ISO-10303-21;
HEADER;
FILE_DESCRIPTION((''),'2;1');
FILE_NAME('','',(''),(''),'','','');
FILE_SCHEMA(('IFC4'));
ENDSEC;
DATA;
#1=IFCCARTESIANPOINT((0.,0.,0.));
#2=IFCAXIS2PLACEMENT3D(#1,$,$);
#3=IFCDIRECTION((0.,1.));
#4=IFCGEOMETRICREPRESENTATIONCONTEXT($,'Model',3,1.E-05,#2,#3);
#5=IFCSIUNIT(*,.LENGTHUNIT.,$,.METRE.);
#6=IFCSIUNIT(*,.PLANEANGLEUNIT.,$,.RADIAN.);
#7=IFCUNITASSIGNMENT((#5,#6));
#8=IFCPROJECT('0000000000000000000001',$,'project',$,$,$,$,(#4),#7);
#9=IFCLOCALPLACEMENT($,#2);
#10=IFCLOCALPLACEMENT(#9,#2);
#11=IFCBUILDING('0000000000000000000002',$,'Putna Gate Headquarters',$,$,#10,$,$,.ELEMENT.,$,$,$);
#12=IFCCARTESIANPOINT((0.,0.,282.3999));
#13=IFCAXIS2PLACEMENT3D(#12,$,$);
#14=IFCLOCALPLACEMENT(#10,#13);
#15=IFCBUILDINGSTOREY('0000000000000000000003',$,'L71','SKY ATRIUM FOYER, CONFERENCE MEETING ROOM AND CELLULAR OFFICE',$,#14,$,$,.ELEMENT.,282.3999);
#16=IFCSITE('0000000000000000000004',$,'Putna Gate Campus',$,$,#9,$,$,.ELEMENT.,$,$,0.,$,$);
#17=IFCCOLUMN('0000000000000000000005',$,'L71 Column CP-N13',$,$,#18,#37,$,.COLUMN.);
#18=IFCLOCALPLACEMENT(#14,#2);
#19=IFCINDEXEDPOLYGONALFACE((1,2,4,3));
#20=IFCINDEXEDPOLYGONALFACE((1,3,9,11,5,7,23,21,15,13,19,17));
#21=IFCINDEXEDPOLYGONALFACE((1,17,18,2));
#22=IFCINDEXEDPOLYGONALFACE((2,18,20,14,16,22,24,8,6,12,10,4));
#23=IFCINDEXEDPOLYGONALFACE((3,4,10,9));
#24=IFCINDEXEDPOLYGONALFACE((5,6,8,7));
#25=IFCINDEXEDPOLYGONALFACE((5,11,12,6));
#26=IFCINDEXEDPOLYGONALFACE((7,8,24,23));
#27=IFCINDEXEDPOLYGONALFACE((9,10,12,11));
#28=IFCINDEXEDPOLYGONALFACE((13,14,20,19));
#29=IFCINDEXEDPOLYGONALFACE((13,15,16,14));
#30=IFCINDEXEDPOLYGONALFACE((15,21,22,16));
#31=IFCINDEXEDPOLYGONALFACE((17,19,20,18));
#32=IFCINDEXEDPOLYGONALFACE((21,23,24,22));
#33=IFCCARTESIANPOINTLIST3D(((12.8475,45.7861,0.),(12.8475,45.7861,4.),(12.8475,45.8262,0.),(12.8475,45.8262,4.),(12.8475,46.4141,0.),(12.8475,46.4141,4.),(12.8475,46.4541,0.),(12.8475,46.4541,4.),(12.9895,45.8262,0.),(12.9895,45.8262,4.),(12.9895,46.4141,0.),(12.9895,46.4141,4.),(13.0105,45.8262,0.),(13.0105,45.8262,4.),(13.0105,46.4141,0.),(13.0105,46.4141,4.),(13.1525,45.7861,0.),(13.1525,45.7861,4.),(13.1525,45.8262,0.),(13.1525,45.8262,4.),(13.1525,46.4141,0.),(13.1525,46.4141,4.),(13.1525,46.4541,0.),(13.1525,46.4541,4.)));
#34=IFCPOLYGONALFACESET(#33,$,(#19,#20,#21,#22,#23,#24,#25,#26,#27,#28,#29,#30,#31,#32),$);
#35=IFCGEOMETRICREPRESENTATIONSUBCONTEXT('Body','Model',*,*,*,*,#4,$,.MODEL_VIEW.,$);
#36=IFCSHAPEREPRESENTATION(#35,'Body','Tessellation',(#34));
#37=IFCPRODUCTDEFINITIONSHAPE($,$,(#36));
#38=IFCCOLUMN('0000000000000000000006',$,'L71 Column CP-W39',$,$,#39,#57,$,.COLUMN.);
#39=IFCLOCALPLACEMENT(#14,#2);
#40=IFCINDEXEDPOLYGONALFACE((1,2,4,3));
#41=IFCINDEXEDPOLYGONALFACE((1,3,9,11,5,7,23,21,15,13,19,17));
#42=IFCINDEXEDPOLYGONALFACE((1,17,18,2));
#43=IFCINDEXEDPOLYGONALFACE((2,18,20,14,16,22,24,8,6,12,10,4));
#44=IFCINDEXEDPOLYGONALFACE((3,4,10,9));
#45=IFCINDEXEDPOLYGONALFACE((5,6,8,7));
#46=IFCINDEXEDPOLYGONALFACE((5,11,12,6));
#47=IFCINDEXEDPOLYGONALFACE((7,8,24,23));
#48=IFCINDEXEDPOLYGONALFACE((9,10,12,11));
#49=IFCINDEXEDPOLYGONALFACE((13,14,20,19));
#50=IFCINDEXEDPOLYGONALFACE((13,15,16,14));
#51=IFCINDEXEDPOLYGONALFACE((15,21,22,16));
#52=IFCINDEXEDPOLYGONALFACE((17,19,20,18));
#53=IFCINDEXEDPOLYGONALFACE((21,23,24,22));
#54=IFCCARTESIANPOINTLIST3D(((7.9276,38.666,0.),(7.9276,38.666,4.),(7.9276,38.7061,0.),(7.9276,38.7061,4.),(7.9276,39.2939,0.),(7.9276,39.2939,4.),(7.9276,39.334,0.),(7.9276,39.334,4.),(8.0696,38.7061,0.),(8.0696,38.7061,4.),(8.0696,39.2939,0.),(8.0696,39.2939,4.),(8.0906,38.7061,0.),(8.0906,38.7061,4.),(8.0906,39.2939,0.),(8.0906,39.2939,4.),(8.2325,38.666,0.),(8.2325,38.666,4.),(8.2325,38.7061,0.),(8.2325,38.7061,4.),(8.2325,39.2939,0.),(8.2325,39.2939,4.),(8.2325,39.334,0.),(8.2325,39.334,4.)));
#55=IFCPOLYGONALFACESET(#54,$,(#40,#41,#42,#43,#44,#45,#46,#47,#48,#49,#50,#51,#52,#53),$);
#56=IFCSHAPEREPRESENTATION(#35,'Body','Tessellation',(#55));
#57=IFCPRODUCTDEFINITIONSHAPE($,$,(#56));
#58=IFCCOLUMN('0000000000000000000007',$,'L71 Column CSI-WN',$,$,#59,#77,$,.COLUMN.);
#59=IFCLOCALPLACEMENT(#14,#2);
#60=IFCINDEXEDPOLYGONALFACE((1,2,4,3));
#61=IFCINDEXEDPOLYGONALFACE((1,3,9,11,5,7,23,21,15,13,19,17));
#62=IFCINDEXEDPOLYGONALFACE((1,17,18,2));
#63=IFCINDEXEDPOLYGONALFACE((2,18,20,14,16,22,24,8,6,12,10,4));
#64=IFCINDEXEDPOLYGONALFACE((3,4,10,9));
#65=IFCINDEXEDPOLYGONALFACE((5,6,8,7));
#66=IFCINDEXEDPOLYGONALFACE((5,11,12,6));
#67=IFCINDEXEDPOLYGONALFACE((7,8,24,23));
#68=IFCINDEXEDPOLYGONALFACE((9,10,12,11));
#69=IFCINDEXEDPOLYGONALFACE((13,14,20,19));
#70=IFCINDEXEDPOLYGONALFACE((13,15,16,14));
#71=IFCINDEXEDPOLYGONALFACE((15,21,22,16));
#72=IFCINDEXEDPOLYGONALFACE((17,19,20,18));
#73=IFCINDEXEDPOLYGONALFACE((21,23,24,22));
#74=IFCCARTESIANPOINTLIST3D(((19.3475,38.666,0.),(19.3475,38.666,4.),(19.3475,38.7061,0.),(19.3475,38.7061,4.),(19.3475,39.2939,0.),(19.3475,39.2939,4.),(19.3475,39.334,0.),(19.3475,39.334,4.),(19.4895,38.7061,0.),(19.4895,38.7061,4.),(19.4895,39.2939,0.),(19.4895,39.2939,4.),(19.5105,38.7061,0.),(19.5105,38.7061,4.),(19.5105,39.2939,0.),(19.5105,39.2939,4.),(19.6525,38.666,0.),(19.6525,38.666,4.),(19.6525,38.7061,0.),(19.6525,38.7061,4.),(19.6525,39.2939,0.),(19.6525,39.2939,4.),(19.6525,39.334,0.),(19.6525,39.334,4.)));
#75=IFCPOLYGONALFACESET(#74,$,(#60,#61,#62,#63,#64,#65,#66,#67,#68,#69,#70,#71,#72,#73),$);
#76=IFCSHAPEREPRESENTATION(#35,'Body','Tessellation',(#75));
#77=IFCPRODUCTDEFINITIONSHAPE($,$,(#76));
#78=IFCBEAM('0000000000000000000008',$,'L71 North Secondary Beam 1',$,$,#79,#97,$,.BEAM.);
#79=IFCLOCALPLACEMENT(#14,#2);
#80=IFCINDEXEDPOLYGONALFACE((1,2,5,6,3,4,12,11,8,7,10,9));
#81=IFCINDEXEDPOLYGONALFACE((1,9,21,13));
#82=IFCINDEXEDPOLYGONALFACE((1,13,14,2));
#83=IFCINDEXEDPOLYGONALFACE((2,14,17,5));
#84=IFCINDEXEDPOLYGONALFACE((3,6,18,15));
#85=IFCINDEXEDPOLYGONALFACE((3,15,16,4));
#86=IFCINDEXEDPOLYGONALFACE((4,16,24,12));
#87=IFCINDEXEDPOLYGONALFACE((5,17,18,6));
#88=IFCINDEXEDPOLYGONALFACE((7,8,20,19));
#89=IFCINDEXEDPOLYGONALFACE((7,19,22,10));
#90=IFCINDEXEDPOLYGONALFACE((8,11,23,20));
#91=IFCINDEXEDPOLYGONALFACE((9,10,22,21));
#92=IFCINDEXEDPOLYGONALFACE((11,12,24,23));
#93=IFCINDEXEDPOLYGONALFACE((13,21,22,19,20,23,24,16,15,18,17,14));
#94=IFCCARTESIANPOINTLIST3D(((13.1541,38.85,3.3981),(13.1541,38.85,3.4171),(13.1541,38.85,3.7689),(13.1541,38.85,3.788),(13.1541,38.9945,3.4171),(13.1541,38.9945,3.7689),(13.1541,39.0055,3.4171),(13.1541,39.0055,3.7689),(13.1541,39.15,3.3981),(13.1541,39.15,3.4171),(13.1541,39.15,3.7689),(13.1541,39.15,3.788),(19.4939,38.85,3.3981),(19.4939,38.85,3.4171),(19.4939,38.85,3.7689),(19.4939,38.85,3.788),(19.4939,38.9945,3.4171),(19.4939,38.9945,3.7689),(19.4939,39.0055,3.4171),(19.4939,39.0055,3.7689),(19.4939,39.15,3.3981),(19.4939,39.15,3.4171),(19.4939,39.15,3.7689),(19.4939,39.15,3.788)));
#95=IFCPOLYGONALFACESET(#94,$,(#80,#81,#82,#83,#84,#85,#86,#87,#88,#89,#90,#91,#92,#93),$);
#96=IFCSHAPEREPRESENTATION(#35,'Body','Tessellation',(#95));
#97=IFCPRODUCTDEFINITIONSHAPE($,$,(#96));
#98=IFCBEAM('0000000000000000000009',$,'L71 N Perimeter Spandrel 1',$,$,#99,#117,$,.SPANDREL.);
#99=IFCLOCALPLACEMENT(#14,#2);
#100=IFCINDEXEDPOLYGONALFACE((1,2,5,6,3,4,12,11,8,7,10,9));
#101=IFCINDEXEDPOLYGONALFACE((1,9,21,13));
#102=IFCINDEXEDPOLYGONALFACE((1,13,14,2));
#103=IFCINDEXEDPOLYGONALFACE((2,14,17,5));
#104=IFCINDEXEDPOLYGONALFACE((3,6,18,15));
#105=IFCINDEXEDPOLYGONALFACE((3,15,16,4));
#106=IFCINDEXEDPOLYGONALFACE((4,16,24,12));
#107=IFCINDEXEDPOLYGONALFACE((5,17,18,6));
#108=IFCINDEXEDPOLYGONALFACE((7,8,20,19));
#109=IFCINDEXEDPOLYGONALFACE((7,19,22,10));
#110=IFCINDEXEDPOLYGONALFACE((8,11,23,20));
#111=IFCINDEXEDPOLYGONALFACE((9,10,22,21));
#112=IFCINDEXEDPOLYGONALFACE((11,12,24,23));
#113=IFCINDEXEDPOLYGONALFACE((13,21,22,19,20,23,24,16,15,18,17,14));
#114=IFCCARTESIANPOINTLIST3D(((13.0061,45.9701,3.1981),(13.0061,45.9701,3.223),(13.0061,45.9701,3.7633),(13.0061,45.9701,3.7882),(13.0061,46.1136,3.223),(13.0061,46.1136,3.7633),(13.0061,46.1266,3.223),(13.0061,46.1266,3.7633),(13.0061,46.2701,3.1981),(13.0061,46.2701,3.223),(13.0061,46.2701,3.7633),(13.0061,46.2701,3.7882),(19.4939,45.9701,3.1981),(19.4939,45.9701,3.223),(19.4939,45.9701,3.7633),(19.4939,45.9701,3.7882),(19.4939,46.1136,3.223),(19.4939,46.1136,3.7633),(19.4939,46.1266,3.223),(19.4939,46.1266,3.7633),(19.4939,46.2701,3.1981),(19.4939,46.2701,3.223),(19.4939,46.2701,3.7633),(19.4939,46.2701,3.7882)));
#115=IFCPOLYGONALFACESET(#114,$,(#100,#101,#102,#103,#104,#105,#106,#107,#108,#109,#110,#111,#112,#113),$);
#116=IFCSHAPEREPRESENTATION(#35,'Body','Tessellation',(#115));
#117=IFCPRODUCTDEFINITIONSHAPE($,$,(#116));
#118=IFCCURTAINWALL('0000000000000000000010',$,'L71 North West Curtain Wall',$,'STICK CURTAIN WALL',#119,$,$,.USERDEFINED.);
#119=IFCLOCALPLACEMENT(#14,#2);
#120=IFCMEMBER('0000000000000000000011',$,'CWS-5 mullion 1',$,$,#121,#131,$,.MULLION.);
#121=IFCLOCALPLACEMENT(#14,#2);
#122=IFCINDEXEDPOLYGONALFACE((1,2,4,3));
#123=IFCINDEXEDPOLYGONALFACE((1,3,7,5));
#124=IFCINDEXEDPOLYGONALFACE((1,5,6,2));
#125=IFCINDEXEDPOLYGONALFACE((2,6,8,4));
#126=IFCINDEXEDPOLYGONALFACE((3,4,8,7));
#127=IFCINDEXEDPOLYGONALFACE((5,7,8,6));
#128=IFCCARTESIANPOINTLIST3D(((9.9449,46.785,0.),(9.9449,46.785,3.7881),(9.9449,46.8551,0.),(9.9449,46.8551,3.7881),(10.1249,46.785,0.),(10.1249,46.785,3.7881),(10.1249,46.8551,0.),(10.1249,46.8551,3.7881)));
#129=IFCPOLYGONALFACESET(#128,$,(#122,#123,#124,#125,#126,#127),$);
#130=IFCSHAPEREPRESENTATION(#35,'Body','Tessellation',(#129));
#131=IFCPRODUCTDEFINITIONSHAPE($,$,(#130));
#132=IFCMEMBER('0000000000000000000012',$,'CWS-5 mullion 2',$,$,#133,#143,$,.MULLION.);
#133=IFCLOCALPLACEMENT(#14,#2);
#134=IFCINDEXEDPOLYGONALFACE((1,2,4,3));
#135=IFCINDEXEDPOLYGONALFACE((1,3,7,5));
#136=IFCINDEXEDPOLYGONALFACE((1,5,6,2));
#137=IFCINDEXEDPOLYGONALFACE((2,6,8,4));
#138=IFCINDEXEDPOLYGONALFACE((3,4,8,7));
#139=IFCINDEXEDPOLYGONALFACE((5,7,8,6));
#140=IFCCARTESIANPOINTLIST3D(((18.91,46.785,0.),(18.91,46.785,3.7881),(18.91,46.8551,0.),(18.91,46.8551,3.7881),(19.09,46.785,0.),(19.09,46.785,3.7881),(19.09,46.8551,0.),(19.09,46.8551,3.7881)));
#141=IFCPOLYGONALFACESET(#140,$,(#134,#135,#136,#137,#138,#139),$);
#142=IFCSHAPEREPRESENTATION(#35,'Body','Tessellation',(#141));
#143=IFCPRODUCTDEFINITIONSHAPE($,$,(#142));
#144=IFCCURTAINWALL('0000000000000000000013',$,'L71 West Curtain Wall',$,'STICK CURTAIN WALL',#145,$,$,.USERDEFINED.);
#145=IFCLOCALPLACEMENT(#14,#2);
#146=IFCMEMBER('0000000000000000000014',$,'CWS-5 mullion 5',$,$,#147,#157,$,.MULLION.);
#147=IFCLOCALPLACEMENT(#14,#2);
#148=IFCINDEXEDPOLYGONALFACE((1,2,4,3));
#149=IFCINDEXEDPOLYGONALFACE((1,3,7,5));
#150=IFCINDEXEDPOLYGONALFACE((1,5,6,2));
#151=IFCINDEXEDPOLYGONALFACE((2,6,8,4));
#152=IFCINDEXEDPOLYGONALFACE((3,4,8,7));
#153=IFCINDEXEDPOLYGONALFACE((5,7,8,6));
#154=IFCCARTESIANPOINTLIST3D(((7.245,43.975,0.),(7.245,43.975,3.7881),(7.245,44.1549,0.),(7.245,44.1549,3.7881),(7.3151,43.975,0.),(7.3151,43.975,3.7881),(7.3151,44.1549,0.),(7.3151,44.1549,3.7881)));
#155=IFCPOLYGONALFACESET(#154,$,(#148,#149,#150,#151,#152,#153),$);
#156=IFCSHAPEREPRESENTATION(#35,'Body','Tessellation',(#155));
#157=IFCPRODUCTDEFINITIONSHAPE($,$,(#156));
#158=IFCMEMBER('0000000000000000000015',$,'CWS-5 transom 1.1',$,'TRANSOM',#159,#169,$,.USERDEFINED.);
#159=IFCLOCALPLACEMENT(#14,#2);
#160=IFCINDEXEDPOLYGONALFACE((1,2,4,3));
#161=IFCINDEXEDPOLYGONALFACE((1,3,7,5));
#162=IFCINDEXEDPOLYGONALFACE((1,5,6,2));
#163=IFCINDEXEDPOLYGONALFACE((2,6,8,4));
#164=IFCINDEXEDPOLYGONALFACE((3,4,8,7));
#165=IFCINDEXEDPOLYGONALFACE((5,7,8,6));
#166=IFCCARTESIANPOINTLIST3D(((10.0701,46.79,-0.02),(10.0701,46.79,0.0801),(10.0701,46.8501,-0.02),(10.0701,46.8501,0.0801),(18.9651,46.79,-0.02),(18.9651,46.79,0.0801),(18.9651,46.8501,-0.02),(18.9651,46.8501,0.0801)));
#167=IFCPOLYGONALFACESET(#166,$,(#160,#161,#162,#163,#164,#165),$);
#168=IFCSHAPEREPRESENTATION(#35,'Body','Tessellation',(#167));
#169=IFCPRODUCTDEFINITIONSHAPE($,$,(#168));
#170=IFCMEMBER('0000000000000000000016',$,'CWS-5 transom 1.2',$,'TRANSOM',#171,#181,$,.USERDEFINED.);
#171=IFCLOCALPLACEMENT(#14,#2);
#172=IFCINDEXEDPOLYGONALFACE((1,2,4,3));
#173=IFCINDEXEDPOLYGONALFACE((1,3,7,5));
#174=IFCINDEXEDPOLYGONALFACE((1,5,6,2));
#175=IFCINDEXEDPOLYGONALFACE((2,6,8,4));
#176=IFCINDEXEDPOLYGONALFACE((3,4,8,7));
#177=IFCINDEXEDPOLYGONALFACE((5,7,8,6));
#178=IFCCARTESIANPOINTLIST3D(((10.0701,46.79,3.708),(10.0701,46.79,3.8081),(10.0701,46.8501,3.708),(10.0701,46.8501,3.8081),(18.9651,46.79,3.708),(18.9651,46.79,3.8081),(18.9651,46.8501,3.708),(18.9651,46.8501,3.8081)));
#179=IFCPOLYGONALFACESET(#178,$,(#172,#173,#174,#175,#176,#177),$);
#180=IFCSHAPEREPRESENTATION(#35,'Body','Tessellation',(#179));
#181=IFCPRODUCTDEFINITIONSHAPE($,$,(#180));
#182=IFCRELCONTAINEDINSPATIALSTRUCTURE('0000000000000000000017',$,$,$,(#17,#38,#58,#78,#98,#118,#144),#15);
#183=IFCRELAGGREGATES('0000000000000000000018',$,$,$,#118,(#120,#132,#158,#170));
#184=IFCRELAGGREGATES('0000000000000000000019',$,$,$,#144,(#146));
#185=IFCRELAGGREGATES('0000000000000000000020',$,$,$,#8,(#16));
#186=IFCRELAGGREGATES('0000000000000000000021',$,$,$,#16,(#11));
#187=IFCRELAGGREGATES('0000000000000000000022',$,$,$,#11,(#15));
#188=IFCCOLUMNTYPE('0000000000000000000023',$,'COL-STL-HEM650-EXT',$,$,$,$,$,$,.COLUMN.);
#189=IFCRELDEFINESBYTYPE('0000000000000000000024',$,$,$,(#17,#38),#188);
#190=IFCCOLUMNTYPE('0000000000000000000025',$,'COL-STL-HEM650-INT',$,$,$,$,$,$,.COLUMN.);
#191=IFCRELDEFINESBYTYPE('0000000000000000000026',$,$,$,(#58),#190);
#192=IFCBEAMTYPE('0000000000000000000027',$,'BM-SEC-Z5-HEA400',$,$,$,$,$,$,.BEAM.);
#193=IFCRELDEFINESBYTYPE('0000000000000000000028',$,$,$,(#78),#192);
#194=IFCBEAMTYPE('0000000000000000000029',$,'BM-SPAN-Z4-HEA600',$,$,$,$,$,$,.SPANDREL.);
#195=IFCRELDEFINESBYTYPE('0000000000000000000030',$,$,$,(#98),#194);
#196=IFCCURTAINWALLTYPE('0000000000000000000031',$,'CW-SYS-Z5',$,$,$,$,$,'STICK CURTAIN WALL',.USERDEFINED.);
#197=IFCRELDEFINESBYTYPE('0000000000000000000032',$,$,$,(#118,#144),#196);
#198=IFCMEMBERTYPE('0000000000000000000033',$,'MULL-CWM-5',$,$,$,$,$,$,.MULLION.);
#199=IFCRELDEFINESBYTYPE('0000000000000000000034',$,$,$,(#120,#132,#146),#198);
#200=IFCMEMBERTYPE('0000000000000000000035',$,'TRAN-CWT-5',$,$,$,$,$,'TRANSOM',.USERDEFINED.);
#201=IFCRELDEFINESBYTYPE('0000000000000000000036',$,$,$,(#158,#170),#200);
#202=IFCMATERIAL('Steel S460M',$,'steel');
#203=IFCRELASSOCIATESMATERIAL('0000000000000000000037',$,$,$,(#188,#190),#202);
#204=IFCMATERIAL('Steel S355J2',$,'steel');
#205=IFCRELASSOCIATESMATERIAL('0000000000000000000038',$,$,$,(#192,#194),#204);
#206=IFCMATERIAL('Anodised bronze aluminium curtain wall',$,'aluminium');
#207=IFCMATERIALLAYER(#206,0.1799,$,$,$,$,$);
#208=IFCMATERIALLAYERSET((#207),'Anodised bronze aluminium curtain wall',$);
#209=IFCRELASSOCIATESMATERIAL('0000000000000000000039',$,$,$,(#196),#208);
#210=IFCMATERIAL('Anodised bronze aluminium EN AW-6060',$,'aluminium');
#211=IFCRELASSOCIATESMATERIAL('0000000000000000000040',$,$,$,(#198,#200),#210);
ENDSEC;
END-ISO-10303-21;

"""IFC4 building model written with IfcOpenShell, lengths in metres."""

from ifc_helpers import new_model, si_unit, direction, frame, origin, origin_2d, place, context, subcontext, project, spatial, rectangle, i_section, extrude, material, layer, layer_set, material_profile, profile_set, type_object, element, aggregate, save


model = new_model("IFC4")

# Units and contexts
model_context = context("Model", 3, precision=1e-05, world=origin(), true_north=direction((0.0, 1.0)))
body_context = subcontext(model_context, "Body", "Model", "MODEL_VIEW")
ifc_project = project(units=[si_unit("LENGTHUNIT", "METRE"), si_unit("PLANEANGLEUNIT", "RADIAN")], contexts=[model_context])

# Site, building, storey
site_placement = place(None, origin())
site = spatial("IfcSite", under=ifc_project, at=site_placement, Name="Putna Gate Campus", CompositionType="ELEMENT", RefElevation=0.0)
building_placement = place(site_placement, origin())
building = spatial("IfcBuilding", under=site, at=building_placement, Name="Putna Gate Headquarters", CompositionType="ELEMENT")
storey_placement = place(building_placement, frame((0.0, 0.0, 282.3999)))
storey = spatial("IfcBuildingStorey", under=building, at=storey_placement, Name="L71", Description="SKY ATRIUM FOYER, CONFERENCE MEETING ROOM AND CELLULAR OFFICE", CompositionType="ELEMENT", Elevation=282.3999)

# Columns
ifc_material_1 = material(Name="Steel S460M", Category="steel")
ifc_material_profile_1 = material_profile(ifc_material_1, i_section(OverallWidth=0.3049, OverallDepth=0.668, WebThickness=0.021, FlangeThickness=0.04, at=origin_2d()), Name="Steel S460M")
ifc_profile_set_1 = profile_set([ifc_material_profile_1], Name="Steel S460M")
column_type_1 = type_object("IfcColumnType", Name="COL-STL-HEM650-EXT", PredefinedType="COLUMN", material=ifc_profile_set_1)
for number, where, z_axis, x_axis, name in (
    (1, (13.0, 46.1201, 0.0), (0.0, 0.0, 1.0), (1.0, 0.0, 0.0), "L71 Column CP-N13"),
    (2, (8.0801, 39.0, 0.0), (0.0, 0.0, 1.0), (1.0, 0.0, 0.0), "L71 Column CP-W39"),
):
    element("IfcColumn", number, at=place(storey_placement, frame(where, z_axis=z_axis, x_axis=x_axis)), inside=storey, type_object=column_type_1, Name=name, PredefinedType="COLUMN", context=body_context, shape_type="SweptSolid", body=[
        extrude(i_section(OverallWidth=0.3049, OverallDepth=0.668, WebThickness=0.021, FlangeThickness=0.04, at=origin_2d()), origin(), (0.0, 0.0, 1.0), 4.0),
    ])
ifc_material_profile_2 = material_profile(ifc_material_1, i_section(OverallWidth=0.3049, OverallDepth=0.668, WebThickness=0.021, FlangeThickness=0.04, at=origin_2d()), Name="Steel S460M")
ifc_profile_set_2 = profile_set([ifc_material_profile_2], Name="Steel S460M")
column_type_2 = type_object("IfcColumnType", Name="COL-STL-HEM650-INT", PredefinedType="COLUMN", material=ifc_profile_set_2)
column_placement = place(storey_placement, frame((19.5, 39.0, 0.0), z_axis=(0.0, 0.0, 1.0), x_axis=(1.0, 0.0, 0.0)))
element("IfcColumn", 3, at=column_placement, inside=storey, type_object=column_type_2, Name="L71 Column CSI-WN", PredefinedType="COLUMN", context=body_context, shape_type="SweptSolid", body=[
    extrude(i_section(OverallWidth=0.3049, OverallDepth=0.668, WebThickness=0.021, FlangeThickness=0.04, at=origin_2d()), origin(), (0.0, 0.0, 1.0), 4.0),
])

# Beams
ifc_material_2 = material(Name="Steel S355J2", Category="steel")
ifc_material_profile_3 = material_profile(ifc_material_2, i_section(OverallWidth=0.3, OverallDepth=0.3899, WebThickness=0.011, FlangeThickness=0.019, at=origin_2d()), Name="Steel S355J2")
ifc_profile_set_3 = profile_set([ifc_material_profile_3], Name="Steel S355J2")
beam_type_1 = type_object("IfcBeamType", Name="BM-SEC-Z5-HEA400", PredefinedType="BEAM", material=ifc_profile_set_3)
beam_1_placement = place(storey_placement, frame((13.1541, 39.0, 3.593), z_axis=(1.0, 0.0, 0.0), x_axis=(0.0, 1.0, 0.0)))
element("IfcBeam", 4, at=beam_1_placement, inside=storey, type_object=beam_type_1, Name="L71 North Secondary Beam 1", PredefinedType="BEAM", context=body_context, shape_type="SweptSolid", body=[
    extrude(i_section(OverallWidth=0.3, OverallDepth=0.3899, WebThickness=0.011, FlangeThickness=0.019, at=origin_2d()), origin(), (0.0, 0.0, 1.0), 6.3398),
])
ifc_material_profile_4 = material_profile(ifc_material_2, i_section(OverallWidth=0.3, OverallDepth=0.5901, WebThickness=0.0129, FlangeThickness=0.0249, at=origin_2d()), Name="Steel S355J2")
ifc_profile_set_4 = profile_set([ifc_material_profile_4], Name="Steel S355J2")
beam_type_2 = type_object("IfcBeamType", Name="BM-SPAN-Z4-HEA600", PredefinedType="SPANDREL", material=ifc_profile_set_4)
beam_2_placement = place(storey_placement, frame((13.0061, 46.1201, 3.4932), z_axis=(1.0, 0.0, 0.0), x_axis=(0.0, 1.0, 0.0)))
element("IfcBeam", 5, at=beam_2_placement, inside=storey, type_object=beam_type_2, Name="L71 N Perimeter Spandrel 1", PredefinedType="SPANDREL", context=body_context, shape_type="SweptSolid", body=[
    extrude(i_section(OverallWidth=0.3, OverallDepth=0.5901, WebThickness=0.0129, FlangeThickness=0.0249, at=origin_2d()), origin(), (0.0, 0.0, 1.0), 6.4878),
])

# Curtain wall, members
ifc_material_3 = material(Name="Anodised bronze aluminium curtain wall", Category="aluminium")
ifc_layer_1 = layer(ifc_material_3, 0.1799)
ifc_layer_set_1 = layer_set([ifc_layer_1], Name="Anodised bronze aluminium curtain wall")
curtain_wall_type = type_object("IfcCurtainWallType", Name="CW-SYS-Z5", ElementType="STICK CURTAIN WALL", PredefinedType="USERDEFINED", material=ifc_layer_set_1)
curtain_wall_1_placement = place(storey_placement, origin())
curtain_wall_1 = element("IfcCurtainWall", 6, at=curtain_wall_1_placement, inside=storey, type_object=curtain_wall_type, Name="L71 North West Curtain Wall", ObjectType="STICK CURTAIN WALL", PredefinedType="USERDEFINED")
ifc_material_4 = material(Name="Anodised bronze aluminium EN AW-6060", Category="aluminium")
ifc_material_profile_5 = material_profile(ifc_material_4, rectangle(XDim=0.0701, YDim=0.1799, at=origin_2d()), Name="Anodised bronze aluminium EN AW-6060")
ifc_profile_set_5 = profile_set([ifc_material_profile_5], Name="Anodised bronze aluminium EN AW-6060")
member_type_1 = type_object("IfcMemberType", Name="MULL-CWM-5", PredefinedType="MULLION", material=ifc_profile_set_5)
member_1_placement = place(storey_placement, frame((10.0349, 46.8201, 0.0), z_axis=(0.0, 0.0, 1.0), x_axis=(0.0, 1.0, 0.0)))
member_1 = element("IfcMember", 7, at=member_1_placement, type_object=member_type_1, Name="CWS-5 mullion 1", PredefinedType="MULLION", context=body_context, shape_type="SweptSolid", body=[
    extrude(rectangle(XDim=0.0701, YDim=0.1799, at=origin_2d()), origin(), (0.0, 0.0, 1.0), 3.7881),
])
member_2_placement = place(storey_placement, frame((19.0, 46.8201, 0.0), z_axis=(0.0, 0.0, 1.0), x_axis=(0.0, 1.0, 0.0)))
member_2 = element("IfcMember", 8, at=member_2_placement, type_object=member_type_1, Name="CWS-5 mullion 2", PredefinedType="MULLION", context=body_context, shape_type="SweptSolid", body=[
    extrude(rectangle(XDim=0.0701, YDim=0.1799, at=origin_2d()), origin(), (0.0, 0.0, 1.0), 3.7881),
])

# Curtain wall, member
curtain_wall_2_placement = place(storey_placement, origin())
curtain_wall_2 = element("IfcCurtainWall", 9, at=curtain_wall_2_placement, inside=storey, type_object=curtain_wall_type, Name="L71 West Curtain Wall", ObjectType="STICK CURTAIN WALL", PredefinedType="USERDEFINED")
member_3_placement = place(storey_placement, frame((7.28, 44.0649, 0.0), z_axis=(0.0, 0.0, 1.0), x_axis=(-1.0, 0.0, 0.0)))
member_3 = element("IfcMember", 10, at=member_3_placement, type_object=member_type_1, Name="CWS-5 mullion 5", PredefinedType="MULLION", context=body_context, shape_type="SweptSolid", body=[
    extrude(rectangle(XDim=0.0701, YDim=0.1799, at=origin_2d()), origin(), (0.0, 0.0, 1.0), 3.7881),
])

# Members
ifc_material_profile_6 = material_profile(ifc_material_4, rectangle(XDim=0.0601, YDim=0.1001, at=origin_2d()), Name="Anodised bronze aluminium EN AW-6060")
ifc_profile_set_6 = profile_set([ifc_material_profile_6], Name="Anodised bronze aluminium EN AW-6060")
member_type_2 = type_object("IfcMemberType", Name="TRAN-CWT-5", ElementType="TRANSOM", PredefinedType="USERDEFINED", material=ifc_profile_set_6)
member_4_placement = place(storey_placement, frame((10.0701, 46.8201, 0.03), z_axis=(1.0, 0.0, 0.0), x_axis=(0.0, 1.0, 0.0)))
member_4 = element("IfcMember", 11, at=member_4_placement, type_object=member_type_2, Name="CWS-5 transom 1.1", ObjectType="TRANSOM", PredefinedType="USERDEFINED", context=body_context, shape_type="SweptSolid", body=[
    extrude(rectangle(XDim=0.0601, YDim=0.1001, at=origin_2d()), origin(), (0.0, 0.0, 1.0), 8.895),
])
member_5_placement = place(storey_placement, frame((10.0701, 46.8201, 3.7581), z_axis=(1.0, 0.0, 0.0), x_axis=(0.0, 1.0, 0.0)))
member_5 = element("IfcMember", 12, at=member_5_placement, type_object=member_type_2, Name="CWS-5 transom 1.2", ObjectType="TRANSOM", PredefinedType="USERDEFINED", context=body_context, shape_type="SweptSolid", body=[
    extrude(rectangle(XDim=0.0601, YDim=0.1001, at=origin_2d()), origin(), (0.0, 0.0, 1.0), 8.895),
])

aggregate(curtain_wall_1, [member_1, member_2, member_4, member_5])
aggregate(curtain_wall_2, [member_3])

save(model, "model.ifc")
